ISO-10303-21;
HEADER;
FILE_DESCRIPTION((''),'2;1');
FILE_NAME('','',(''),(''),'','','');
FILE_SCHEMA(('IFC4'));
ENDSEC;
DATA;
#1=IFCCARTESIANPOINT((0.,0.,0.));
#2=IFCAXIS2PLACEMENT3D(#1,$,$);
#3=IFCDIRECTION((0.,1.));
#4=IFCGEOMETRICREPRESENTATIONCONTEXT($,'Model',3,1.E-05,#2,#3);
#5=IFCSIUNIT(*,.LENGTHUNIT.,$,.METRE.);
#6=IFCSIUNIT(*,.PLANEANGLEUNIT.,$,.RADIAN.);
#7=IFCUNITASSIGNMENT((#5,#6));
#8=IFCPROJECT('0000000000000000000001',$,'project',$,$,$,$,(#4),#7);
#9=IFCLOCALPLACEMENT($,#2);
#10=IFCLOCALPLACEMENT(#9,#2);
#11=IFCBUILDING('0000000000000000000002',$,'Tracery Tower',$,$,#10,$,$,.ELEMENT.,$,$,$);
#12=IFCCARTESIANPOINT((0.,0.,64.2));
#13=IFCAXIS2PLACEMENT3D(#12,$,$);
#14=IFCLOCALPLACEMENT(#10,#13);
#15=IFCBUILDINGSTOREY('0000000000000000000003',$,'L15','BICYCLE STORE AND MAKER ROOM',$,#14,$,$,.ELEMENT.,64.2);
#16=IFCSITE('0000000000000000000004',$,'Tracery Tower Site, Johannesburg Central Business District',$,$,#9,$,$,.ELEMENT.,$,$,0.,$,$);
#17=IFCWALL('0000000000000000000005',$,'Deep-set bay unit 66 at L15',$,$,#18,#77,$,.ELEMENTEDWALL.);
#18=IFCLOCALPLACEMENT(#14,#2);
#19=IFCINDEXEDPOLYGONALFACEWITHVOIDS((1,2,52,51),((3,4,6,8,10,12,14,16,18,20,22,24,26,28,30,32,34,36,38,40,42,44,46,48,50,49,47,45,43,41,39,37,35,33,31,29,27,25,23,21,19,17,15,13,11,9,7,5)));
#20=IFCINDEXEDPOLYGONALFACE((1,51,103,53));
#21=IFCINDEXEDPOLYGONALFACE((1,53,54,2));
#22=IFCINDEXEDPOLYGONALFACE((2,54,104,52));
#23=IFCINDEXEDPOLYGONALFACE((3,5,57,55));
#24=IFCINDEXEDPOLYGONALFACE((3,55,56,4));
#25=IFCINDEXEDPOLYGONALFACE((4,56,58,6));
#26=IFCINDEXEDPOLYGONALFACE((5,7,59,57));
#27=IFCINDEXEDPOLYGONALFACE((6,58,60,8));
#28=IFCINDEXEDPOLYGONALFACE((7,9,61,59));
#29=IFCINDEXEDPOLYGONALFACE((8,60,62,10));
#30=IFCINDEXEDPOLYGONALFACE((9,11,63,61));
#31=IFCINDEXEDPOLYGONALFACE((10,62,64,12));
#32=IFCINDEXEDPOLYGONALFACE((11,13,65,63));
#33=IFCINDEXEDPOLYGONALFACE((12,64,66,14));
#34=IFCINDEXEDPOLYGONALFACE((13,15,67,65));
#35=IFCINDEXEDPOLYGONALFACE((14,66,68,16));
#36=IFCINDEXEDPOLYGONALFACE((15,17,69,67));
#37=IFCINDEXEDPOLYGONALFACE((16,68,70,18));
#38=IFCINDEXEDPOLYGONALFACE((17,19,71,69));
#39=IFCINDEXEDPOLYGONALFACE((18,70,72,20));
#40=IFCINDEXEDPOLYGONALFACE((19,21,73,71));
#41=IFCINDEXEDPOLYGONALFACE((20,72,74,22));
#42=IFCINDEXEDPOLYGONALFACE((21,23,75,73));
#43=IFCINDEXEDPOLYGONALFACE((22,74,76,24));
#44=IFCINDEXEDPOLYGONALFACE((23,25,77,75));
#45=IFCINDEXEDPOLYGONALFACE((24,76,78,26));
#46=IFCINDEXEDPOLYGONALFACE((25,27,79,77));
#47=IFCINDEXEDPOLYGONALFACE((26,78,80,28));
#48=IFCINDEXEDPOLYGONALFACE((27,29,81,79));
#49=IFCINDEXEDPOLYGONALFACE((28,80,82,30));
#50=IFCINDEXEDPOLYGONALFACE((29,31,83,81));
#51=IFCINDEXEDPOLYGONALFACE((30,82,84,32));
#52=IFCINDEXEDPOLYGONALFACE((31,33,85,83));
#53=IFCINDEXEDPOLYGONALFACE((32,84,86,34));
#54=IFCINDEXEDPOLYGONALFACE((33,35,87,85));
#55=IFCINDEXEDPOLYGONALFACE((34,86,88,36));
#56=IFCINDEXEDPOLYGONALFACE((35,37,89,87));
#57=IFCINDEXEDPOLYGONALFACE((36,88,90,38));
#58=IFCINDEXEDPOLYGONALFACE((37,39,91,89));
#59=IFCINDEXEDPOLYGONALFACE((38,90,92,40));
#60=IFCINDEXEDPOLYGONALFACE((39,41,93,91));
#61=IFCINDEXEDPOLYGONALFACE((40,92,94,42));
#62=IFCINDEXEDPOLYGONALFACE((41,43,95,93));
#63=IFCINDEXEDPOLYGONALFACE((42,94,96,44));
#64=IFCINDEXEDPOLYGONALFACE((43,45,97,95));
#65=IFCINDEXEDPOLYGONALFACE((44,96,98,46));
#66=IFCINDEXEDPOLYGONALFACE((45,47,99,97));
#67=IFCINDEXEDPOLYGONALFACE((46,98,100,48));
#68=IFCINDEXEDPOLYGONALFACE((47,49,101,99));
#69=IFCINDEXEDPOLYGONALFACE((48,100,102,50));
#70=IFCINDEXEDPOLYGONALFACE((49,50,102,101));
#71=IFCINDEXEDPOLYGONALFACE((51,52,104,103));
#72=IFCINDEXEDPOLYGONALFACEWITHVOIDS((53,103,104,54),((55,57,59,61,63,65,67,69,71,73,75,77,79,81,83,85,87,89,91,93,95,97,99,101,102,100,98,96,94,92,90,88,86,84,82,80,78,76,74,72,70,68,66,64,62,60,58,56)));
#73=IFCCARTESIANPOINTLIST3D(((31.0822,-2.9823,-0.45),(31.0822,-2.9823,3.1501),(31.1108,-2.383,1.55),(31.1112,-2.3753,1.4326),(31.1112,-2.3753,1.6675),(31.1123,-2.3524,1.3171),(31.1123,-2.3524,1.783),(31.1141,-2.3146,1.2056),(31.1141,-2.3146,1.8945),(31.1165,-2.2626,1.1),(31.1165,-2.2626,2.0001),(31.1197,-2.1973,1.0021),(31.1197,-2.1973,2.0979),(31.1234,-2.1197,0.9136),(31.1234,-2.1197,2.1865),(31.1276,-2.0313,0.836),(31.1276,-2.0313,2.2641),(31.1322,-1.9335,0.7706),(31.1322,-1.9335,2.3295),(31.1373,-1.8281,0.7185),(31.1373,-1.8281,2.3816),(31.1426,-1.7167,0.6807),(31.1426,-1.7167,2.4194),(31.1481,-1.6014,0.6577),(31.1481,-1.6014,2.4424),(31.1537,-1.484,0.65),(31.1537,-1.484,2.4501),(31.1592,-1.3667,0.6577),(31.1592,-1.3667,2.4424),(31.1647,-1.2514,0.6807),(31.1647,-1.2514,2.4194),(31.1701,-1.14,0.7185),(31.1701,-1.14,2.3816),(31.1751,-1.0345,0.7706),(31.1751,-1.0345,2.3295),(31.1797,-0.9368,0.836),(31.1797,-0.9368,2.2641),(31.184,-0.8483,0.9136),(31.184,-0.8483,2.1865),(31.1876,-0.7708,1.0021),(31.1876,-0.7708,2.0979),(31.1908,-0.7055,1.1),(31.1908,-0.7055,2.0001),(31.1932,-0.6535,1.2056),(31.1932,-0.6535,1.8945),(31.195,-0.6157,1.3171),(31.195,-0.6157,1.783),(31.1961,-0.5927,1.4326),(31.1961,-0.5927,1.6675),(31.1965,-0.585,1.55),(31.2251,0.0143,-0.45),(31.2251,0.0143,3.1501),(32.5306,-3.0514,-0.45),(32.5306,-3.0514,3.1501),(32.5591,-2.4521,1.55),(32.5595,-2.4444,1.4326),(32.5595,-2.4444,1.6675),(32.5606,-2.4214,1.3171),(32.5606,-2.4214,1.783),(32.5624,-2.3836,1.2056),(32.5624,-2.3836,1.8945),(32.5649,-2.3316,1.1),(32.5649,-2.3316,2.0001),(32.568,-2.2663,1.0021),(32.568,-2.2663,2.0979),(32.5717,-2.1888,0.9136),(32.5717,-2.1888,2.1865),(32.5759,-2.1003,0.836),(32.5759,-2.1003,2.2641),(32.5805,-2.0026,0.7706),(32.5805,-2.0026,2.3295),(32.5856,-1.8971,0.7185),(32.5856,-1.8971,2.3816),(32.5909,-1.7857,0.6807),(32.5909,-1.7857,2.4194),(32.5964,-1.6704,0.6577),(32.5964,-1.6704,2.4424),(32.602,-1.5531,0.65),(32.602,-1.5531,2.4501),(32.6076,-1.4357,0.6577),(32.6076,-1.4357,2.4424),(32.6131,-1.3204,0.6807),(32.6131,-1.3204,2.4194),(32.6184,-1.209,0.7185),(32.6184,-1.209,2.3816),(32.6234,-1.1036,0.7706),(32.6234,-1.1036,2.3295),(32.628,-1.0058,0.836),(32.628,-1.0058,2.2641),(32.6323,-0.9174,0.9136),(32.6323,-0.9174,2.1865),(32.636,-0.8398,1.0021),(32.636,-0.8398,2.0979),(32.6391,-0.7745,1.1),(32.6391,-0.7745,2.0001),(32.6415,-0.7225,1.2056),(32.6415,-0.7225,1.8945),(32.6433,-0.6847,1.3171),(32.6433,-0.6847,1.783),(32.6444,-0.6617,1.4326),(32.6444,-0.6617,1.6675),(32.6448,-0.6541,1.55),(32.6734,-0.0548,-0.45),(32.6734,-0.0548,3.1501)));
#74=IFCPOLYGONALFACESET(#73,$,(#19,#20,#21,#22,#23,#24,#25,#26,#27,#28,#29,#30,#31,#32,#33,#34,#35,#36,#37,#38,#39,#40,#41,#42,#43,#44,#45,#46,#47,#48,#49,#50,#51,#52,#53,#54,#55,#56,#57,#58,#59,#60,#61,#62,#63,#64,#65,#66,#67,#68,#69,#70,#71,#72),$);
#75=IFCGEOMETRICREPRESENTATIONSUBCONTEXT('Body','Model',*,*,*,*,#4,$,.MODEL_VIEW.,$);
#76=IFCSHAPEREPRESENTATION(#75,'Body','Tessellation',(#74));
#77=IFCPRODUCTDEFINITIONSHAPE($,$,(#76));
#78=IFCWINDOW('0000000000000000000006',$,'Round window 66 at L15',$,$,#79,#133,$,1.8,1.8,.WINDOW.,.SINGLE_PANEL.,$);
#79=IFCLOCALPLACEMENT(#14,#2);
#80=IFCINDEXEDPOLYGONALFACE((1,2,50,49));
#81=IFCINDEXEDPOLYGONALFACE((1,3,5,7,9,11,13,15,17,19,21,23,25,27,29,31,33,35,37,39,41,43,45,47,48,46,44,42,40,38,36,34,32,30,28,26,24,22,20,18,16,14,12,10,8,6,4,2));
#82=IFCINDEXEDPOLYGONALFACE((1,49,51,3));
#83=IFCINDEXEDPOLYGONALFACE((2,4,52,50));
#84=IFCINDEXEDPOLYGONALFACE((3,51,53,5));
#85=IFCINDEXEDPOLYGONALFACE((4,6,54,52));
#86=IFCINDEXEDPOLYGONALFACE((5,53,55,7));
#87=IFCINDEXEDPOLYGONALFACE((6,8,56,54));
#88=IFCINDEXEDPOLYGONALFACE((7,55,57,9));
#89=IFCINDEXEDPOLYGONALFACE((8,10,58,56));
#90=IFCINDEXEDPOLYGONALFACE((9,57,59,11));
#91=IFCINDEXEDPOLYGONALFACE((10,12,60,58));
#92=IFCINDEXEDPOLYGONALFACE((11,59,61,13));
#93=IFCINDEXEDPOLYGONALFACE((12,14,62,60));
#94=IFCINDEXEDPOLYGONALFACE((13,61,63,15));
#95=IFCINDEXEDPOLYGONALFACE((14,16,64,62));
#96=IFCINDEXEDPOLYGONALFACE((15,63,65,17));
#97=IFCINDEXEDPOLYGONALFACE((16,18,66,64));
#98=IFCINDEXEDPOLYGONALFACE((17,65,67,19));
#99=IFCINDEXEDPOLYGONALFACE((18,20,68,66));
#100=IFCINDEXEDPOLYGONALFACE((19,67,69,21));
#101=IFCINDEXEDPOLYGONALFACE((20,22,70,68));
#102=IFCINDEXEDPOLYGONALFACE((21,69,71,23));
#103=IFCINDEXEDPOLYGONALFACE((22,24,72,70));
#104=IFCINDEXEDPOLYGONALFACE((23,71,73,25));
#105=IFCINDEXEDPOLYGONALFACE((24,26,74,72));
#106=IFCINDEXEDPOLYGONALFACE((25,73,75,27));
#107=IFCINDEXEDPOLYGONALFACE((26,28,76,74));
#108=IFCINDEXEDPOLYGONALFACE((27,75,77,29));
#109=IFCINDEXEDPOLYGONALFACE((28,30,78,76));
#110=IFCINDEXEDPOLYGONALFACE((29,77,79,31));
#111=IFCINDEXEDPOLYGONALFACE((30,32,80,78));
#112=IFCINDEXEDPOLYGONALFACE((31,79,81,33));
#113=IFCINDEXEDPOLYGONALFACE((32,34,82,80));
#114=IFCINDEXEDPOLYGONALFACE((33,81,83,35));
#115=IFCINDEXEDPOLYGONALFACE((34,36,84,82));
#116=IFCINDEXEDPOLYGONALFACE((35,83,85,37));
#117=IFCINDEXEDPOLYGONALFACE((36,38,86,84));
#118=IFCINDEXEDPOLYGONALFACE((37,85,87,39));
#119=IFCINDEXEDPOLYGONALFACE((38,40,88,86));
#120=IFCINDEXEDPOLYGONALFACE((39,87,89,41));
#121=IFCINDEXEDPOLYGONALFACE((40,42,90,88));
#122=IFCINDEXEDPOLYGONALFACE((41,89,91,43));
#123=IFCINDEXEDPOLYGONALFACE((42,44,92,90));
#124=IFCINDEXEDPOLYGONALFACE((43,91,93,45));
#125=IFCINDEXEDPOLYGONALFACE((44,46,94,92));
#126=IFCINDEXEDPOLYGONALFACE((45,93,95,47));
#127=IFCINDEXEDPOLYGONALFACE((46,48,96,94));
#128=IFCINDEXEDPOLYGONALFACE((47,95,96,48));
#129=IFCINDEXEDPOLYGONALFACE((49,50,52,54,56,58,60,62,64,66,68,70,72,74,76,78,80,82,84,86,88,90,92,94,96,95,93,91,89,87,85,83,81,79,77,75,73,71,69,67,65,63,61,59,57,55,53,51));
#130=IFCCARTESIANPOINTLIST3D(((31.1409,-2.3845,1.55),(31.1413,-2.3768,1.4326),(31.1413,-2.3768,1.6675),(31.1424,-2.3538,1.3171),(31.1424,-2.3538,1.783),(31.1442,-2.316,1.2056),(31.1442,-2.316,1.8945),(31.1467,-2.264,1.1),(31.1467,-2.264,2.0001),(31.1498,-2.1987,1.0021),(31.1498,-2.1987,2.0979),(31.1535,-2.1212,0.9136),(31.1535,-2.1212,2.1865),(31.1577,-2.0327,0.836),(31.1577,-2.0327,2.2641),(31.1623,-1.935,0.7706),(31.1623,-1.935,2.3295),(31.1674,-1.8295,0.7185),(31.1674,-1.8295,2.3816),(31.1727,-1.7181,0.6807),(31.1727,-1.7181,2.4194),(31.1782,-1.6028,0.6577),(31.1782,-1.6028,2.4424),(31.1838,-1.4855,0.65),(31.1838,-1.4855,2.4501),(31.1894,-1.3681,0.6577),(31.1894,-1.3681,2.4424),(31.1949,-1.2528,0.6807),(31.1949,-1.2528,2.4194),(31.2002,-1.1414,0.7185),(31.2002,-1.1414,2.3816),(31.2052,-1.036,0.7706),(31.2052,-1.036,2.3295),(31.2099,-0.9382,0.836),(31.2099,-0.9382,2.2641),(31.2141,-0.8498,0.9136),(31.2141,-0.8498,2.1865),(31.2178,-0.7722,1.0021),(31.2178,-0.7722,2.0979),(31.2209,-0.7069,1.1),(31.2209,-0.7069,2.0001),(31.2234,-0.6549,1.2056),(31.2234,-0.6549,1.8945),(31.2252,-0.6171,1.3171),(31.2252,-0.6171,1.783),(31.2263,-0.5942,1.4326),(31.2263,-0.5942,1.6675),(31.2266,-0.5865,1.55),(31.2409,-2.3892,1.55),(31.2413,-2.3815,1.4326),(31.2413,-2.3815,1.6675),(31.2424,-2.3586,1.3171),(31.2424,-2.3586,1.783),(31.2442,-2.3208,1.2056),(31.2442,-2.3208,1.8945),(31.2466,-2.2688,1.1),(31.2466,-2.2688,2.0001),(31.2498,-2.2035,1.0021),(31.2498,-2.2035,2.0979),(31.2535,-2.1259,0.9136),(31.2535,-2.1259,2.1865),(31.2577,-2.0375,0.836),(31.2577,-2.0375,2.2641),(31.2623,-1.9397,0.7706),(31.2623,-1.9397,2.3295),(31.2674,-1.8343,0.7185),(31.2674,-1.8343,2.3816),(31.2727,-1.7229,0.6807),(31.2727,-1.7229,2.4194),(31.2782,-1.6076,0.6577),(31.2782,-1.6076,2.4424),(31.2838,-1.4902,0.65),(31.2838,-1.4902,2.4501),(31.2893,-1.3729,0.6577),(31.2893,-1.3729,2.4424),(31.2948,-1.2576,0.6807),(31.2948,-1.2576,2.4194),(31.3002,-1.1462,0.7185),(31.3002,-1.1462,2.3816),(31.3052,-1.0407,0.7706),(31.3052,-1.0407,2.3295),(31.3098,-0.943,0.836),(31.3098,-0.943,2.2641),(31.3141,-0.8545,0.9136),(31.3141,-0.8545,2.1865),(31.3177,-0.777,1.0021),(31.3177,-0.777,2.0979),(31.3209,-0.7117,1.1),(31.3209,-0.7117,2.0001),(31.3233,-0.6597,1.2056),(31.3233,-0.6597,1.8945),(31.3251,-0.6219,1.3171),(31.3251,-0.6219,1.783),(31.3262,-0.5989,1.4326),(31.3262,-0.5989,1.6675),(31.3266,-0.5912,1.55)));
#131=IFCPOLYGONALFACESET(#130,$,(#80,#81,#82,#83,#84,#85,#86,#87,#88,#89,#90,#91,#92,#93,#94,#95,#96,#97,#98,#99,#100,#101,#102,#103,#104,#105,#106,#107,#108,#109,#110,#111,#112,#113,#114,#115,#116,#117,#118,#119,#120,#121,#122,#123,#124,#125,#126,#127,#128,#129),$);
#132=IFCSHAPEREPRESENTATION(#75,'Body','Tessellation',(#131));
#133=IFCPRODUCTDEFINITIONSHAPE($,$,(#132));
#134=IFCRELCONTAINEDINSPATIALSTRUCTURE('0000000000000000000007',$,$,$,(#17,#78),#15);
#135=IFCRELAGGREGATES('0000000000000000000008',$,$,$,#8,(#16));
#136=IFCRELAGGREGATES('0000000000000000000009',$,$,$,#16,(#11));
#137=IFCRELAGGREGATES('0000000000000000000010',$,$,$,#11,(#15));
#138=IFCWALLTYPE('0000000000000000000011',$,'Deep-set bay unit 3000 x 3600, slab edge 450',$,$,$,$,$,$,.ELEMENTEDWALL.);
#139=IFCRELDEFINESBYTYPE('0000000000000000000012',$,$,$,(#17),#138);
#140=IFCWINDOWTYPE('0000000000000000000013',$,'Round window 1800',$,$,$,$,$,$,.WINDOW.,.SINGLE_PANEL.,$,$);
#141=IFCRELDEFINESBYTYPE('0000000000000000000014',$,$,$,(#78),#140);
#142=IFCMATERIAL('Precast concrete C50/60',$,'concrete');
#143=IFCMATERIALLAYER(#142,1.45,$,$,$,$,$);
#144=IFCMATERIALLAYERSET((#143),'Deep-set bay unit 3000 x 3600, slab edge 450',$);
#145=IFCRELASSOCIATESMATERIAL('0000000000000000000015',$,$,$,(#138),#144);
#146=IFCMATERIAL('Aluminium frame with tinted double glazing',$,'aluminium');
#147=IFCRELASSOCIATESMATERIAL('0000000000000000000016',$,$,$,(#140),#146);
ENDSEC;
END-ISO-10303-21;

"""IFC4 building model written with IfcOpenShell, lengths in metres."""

from ifc_helpers import new_model, si_unit, direction, frame, frame_2d, origin, origin_2d, place, context, subcontext, project, spatial, rectangle, circle, extrude, material, layer, layer_set, type_object, element, fill, save


model = new_model("IFC4")

# Units and contexts
model_context = context("Model", 3, precision=1e-05, world=origin(), true_north=direction((0.0, 1.0)))
body_context = subcontext(model_context, "Body", "Model", "MODEL_VIEW")
ifc_project = project(units=[si_unit("LENGTHUNIT", "METRE"), si_unit("PLANEANGLEUNIT", "RADIAN")], contexts=[model_context])

# Site, building, storey
site_placement = place(None, origin())
site = spatial("IfcSite", under=ifc_project, at=site_placement, Name="Tracery Tower Site, Johannesburg Central Business District", CompositionType="ELEMENT", RefElevation=0.0)
building_placement = place(site_placement, origin())
building = spatial("IfcBuilding", under=site, at=building_placement, Name="Tracery Tower", CompositionType="ELEMENT")
storey_placement = place(building_placement, frame((0.0, 0.0, 64.2)))
storey = spatial("IfcBuildingStorey", under=building, at=storey_placement, Name="L15", Description="BICYCLE STORE AND MAKER ROOM", CompositionType="ELEMENT", Elevation=64.2)

# Wall, opening, window
ifc_material_1 = material(Name="Precast concrete C50/60", Category="concrete")
ifc_layer_1 = layer(ifc_material_1, 1.45)
ifc_layer_set_1 = layer_set([ifc_layer_1], Name="Deep-set bay unit 3000 x 3600, slab edge 450")
wall_type_1 = type_object("IfcWallType", Name="Deep-set bay unit 3000 x 3600, slab edge 450", PredefinedType="ELEMENTEDWALL", material=ifc_layer_set_1)
ifc_material_2 = material(Name="Aluminium frame with tinted double glazing", Category="aluminium")
window_type = type_object("IfcWindowType", Name="Round window 1800", PartitioningType="SINGLE_PANEL", PredefinedType="WINDOW", material=ifc_material_2)
wall_1_placement = place(storey_placement, frame((31.8064, -3.0168, -0.45), z_axis=(0.0, 0.0, 1.0), x_axis=(0.047608, 0.998866, 0.0)))
wall_1 = element("IfcWall", 1, at=wall_1_placement, inside=storey, type_object=wall_type_1, Name="Deep-set bay unit 66 at L15", PredefinedType="ELEMENTEDWALL", context=body_context, shape_type="SweptSolid", body=[
    extrude(rectangle(XDim=3.0, YDim=1.45, at=frame_2d((1.5, 0.0))), origin(), (0.0, 0.0, 1.0), 3.6001),
])
opening_1_placement = place(wall_1_placement, frame((1.5, 0.0, 2.0)))
opening_1 = element("IfcOpeningElement", 2, at=opening_1_placement, cuts=wall_1, PredefinedType="OPENING", context=body_context, shape_type="SweptSolid", body=[
    extrude(circle(Radius=0.9, at=origin_2d()), frame((0.0, 0.7349, 0.0), z_axis=(0.0, -1.0, 0.0), x_axis=(1.0, 0.0, 0.0)), (0.0, 0.0, 1.0), 1.47),
])
window_1_placement = place(opening_1_placement, origin())
window_1 = element("IfcWindow", 3, at=window_1_placement, inside=storey, type_object=window_type, Name="Round window 66 at L15", OverallHeight=1.8, OverallWidth=1.8, PartitioningType="SINGLE_PANEL", PredefinedType="WINDOW", context=body_context, shape_type="SweptSolid", body=[
    extrude(circle(Radius=0.9, at=origin_2d()), frame((0.0, 0.6948, 0.0), z_axis=(0.0, -1.0, 0.0), x_axis=(1.0, 0.0, 0.0)), (0.0, 0.0, 1.0), 0.1001),
])
fill(opening_1, window_1)

save(model, "model.ifc")
